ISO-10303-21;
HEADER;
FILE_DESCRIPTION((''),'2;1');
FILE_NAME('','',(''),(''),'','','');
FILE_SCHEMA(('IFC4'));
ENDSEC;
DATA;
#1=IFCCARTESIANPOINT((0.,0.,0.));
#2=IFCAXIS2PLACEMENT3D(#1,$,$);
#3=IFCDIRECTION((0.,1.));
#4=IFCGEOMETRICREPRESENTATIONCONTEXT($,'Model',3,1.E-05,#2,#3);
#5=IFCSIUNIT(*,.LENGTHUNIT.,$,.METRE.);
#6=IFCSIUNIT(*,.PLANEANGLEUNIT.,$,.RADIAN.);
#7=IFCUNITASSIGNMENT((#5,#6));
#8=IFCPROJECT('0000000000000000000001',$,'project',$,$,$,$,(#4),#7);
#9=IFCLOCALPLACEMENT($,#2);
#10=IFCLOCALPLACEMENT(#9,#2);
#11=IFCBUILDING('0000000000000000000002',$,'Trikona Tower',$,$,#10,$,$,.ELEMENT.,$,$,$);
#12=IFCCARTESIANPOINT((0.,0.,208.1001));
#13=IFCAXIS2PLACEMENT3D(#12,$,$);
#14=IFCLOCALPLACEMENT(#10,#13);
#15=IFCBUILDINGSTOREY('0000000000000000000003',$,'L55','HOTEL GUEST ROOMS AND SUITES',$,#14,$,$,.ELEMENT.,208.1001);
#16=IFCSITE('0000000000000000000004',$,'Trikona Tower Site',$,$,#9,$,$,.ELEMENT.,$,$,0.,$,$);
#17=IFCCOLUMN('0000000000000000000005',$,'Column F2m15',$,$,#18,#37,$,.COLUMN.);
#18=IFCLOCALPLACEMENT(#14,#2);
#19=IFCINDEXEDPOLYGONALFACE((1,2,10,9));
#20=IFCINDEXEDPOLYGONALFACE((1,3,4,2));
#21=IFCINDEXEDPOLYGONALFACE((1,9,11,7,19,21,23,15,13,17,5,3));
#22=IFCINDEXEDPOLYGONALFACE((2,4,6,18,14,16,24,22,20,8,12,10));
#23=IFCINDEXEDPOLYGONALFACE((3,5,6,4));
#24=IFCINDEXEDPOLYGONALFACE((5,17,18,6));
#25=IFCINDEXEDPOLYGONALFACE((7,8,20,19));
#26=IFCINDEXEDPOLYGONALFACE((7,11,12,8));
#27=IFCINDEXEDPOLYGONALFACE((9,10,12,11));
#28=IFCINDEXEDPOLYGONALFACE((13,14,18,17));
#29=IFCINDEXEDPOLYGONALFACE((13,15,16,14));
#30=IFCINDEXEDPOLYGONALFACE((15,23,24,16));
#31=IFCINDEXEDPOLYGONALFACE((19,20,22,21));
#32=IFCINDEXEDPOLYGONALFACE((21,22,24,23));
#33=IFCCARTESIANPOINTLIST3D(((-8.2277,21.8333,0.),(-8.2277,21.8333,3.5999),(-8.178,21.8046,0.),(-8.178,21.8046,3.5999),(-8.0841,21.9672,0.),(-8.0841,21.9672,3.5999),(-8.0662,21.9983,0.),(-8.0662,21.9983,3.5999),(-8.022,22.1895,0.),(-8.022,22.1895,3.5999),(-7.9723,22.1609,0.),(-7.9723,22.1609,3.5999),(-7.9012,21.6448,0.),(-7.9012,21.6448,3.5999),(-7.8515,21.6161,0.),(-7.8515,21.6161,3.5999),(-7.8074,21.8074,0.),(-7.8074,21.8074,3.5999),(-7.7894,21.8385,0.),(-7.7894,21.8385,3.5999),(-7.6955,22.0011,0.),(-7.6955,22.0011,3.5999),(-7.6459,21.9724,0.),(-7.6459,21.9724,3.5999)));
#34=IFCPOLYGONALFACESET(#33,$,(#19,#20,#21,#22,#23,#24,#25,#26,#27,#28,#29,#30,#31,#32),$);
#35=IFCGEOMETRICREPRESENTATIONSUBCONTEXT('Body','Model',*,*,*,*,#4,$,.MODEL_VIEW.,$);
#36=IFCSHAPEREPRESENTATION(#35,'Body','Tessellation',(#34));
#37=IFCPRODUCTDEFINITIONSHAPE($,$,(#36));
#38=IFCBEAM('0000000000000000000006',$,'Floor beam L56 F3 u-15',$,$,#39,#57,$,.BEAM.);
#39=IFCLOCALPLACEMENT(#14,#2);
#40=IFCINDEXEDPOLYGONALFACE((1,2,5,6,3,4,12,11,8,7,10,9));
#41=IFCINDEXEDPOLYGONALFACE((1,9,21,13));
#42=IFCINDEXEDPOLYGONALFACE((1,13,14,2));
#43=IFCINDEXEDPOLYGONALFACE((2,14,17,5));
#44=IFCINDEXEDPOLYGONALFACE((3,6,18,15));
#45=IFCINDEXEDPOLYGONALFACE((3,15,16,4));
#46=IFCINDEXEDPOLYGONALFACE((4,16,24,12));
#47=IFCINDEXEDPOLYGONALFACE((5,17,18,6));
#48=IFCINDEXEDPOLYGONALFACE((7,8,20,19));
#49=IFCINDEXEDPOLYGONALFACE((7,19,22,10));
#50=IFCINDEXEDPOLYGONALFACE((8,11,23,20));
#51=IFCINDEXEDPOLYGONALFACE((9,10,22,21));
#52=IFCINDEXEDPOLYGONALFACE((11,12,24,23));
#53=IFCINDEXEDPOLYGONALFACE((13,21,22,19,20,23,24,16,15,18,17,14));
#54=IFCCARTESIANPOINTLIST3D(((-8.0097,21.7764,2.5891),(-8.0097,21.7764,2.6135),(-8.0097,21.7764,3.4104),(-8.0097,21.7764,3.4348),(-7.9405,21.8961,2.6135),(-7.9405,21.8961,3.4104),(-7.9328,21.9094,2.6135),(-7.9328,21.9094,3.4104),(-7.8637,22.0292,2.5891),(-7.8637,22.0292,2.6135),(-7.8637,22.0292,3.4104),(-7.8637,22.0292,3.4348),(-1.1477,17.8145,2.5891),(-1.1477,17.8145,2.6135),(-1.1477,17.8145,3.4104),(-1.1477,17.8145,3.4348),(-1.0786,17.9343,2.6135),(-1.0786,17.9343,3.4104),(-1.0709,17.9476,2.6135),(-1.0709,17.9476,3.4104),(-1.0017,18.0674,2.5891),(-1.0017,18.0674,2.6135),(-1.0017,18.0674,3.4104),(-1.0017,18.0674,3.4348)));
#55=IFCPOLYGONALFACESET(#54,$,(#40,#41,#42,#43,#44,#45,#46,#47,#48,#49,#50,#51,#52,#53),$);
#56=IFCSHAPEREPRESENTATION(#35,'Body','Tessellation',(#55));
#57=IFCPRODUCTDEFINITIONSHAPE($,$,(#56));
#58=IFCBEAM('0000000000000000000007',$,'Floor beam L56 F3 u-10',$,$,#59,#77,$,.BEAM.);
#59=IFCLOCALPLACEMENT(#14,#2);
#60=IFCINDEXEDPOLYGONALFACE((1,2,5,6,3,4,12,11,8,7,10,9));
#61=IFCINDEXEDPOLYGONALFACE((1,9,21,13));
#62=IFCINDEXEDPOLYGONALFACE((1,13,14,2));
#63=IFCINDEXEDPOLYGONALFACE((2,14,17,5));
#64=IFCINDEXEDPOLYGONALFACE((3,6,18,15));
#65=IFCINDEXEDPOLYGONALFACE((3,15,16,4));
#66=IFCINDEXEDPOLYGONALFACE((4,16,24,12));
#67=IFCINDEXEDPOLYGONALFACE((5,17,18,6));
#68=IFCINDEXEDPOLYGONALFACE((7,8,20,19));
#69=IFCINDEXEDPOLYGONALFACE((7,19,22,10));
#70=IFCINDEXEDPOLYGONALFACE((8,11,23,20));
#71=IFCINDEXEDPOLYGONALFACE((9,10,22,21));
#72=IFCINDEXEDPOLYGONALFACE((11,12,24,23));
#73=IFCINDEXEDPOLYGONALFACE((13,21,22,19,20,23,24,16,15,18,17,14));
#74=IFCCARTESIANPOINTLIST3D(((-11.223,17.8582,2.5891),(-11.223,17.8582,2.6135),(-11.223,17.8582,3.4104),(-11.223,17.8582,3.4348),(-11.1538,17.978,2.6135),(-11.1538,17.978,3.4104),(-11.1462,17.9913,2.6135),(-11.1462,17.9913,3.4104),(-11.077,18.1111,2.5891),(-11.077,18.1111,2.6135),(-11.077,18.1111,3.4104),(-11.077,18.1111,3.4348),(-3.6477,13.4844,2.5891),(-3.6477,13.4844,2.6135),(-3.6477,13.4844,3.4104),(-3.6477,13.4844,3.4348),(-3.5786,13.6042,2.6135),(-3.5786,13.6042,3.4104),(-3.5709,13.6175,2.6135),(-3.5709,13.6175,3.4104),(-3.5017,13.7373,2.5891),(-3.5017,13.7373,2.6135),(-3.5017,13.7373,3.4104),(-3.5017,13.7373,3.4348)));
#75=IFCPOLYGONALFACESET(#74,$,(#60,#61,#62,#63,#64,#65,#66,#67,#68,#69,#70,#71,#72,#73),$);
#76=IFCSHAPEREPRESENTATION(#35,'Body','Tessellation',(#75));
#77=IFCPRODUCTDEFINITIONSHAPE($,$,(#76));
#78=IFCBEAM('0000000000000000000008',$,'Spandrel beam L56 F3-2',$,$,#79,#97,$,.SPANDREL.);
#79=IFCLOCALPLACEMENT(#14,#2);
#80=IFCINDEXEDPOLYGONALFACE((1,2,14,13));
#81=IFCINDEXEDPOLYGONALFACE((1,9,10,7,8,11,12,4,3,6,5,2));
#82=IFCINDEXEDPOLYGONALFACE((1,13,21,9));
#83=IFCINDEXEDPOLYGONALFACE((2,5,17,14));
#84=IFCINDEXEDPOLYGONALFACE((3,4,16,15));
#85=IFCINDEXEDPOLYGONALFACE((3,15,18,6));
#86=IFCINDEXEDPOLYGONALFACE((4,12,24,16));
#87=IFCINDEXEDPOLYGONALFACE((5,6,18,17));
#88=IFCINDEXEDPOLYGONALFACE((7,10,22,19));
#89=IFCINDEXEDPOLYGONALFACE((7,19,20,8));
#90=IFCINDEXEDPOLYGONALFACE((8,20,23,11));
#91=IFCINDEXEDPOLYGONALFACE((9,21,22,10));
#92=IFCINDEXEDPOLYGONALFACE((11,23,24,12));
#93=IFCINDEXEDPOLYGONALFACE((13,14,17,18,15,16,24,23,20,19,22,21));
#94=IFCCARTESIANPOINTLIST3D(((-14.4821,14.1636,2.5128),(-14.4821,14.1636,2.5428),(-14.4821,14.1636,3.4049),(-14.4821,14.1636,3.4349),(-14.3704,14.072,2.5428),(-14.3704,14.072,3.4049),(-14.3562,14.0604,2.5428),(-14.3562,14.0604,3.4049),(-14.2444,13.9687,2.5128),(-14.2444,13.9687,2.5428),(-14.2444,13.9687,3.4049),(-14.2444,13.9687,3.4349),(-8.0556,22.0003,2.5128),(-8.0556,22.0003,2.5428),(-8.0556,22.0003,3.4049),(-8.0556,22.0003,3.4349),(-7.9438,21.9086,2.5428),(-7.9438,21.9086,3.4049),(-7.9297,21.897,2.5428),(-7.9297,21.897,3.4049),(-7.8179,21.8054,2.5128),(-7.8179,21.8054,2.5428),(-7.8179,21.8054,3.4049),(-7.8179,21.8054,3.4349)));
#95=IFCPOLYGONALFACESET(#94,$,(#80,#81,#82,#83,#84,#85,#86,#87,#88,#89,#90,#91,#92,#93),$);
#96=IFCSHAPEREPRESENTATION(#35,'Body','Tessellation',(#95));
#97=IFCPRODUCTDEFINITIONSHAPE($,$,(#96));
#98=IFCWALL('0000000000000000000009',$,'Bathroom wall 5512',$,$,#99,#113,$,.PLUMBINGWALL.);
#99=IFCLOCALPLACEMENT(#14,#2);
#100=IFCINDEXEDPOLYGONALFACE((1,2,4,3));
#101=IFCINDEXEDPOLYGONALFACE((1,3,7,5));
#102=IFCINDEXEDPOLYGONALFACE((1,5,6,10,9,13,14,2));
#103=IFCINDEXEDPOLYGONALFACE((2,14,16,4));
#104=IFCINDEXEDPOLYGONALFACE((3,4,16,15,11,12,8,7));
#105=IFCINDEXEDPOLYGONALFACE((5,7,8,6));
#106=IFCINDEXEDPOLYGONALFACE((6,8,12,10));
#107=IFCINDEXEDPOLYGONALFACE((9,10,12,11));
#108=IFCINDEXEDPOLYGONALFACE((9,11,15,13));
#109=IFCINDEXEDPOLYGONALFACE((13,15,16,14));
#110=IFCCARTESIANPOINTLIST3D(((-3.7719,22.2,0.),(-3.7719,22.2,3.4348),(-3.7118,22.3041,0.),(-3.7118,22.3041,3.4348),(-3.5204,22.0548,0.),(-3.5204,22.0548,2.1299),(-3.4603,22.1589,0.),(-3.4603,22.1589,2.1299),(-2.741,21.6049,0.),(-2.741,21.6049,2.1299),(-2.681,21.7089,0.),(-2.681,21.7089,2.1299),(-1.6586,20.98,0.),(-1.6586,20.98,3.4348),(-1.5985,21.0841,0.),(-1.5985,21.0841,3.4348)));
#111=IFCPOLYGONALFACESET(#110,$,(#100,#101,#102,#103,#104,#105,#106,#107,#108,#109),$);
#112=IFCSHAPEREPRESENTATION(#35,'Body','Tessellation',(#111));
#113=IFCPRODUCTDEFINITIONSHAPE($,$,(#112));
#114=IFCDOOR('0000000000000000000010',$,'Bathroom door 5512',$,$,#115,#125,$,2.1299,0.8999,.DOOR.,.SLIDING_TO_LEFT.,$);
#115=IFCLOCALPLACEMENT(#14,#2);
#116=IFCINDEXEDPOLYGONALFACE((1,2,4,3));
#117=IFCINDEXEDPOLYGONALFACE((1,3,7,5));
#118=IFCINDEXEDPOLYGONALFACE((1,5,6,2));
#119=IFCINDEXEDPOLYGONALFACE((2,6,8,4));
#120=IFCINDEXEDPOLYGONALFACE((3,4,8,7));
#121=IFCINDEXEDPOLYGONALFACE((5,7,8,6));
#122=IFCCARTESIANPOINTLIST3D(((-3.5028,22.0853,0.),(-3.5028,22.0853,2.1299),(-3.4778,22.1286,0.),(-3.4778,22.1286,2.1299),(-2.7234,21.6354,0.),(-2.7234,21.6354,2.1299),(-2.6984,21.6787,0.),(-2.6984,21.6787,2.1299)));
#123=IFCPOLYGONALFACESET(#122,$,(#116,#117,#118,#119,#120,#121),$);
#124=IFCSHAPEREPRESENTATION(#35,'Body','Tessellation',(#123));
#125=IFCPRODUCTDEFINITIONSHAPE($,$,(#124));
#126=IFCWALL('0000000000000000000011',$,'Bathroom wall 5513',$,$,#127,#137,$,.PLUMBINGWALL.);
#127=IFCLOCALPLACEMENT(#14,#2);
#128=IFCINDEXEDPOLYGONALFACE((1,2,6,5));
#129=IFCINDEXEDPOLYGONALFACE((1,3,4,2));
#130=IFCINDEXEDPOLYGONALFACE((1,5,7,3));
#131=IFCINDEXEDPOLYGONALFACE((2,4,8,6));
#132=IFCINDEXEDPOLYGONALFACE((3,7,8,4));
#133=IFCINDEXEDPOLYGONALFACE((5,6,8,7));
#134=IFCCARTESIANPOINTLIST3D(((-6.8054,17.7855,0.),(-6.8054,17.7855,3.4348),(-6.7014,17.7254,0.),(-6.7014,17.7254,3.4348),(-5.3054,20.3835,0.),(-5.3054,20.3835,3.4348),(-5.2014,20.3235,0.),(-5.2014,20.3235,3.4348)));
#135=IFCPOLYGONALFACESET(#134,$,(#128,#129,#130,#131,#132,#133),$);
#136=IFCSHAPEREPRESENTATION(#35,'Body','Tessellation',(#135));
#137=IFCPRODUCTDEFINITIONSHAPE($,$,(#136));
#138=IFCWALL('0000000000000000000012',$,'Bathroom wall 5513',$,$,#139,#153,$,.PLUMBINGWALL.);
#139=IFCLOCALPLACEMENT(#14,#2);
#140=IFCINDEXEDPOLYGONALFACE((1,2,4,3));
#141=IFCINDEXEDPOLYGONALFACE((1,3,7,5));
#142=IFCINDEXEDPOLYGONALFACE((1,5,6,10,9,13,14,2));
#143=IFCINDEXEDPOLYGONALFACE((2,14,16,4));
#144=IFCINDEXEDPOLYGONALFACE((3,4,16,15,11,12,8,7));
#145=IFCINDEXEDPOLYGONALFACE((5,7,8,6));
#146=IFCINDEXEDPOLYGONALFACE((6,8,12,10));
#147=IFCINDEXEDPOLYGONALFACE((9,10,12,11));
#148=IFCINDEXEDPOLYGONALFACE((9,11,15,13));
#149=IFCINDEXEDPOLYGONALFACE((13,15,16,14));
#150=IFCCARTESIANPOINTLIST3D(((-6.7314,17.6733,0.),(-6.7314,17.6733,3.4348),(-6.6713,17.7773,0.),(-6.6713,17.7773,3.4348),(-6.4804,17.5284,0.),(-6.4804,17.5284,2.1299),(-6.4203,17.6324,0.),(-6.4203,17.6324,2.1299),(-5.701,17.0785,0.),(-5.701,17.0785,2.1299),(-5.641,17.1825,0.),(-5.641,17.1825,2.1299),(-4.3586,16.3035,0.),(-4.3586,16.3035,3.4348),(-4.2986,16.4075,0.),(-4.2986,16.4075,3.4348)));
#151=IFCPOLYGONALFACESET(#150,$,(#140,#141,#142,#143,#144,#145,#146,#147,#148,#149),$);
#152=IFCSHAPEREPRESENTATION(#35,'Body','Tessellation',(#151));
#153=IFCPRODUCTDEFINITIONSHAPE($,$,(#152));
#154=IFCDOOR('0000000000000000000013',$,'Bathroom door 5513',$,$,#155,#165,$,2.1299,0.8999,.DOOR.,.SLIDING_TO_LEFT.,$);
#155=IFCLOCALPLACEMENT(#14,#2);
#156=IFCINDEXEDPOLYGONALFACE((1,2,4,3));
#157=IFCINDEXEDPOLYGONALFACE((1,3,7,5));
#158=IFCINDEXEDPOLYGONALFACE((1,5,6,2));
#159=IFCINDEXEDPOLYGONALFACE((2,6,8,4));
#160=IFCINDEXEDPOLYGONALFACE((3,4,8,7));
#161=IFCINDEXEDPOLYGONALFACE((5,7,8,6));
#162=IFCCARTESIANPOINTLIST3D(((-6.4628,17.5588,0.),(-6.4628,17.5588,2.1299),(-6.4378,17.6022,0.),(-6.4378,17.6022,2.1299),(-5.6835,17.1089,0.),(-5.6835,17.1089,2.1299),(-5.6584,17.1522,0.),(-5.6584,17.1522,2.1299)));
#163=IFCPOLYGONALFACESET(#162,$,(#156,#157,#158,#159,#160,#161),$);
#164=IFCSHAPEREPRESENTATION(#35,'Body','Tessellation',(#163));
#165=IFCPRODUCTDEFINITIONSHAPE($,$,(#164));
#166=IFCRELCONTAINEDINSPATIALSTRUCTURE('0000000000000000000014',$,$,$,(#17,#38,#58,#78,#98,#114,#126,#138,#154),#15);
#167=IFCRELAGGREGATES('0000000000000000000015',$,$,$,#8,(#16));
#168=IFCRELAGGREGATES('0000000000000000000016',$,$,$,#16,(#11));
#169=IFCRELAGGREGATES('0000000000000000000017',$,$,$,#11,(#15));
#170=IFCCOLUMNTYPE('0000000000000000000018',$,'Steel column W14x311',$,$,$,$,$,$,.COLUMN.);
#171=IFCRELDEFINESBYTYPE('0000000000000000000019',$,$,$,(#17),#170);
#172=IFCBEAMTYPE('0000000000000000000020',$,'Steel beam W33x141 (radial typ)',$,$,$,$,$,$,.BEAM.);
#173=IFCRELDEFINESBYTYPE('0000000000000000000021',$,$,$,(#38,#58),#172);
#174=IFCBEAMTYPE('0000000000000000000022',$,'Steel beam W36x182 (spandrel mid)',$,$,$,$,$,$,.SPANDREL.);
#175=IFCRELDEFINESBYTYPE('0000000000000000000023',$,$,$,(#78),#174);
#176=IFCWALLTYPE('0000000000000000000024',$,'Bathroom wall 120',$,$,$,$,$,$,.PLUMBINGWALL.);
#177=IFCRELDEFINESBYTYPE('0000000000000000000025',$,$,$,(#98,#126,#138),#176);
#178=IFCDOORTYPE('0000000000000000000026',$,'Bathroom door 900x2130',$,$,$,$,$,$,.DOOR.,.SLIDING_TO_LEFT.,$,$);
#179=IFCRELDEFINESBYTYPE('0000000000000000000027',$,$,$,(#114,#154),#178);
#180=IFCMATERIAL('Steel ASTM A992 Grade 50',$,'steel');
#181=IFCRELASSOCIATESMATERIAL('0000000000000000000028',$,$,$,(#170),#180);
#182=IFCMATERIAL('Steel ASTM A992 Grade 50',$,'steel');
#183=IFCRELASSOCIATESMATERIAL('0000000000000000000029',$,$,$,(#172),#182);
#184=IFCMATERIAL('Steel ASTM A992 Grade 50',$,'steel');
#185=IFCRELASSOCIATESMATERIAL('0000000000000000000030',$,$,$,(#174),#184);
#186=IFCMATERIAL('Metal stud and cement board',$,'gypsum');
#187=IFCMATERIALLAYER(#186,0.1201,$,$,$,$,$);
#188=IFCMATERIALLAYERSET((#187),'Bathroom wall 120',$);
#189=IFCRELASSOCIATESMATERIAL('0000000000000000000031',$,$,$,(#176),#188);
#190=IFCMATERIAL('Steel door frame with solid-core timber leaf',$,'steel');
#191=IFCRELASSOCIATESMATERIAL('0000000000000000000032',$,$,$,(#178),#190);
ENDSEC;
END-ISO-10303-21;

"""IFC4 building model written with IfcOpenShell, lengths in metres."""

from ifc_helpers import new_model, si_unit, direction, frame, frame_2d, origin, origin_2d, place, context, subcontext, project, spatial, rectangle, i_section, extrude, material, layer, layer_set, material_profile, profile_set, type_object, element, fill, save


model = new_model("IFC4")

# Units and contexts
model_context = context("Model", 3, precision=1e-05, world=origin(), true_north=direction((0.0, 1.0)))
body_context = subcontext(model_context, "Body", "Model", "MODEL_VIEW")
ifc_project = project(units=[si_unit("LENGTHUNIT", "METRE"), si_unit("PLANEANGLEUNIT", "RADIAN")], contexts=[model_context])

# Site, building, storey
site_placement = place(None, origin())
site = spatial("IfcSite", under=ifc_project, at=site_placement, Name="Trikona Tower Site", CompositionType="ELEMENT", RefElevation=0.0)
building_placement = place(site_placement, origin())
building = spatial("IfcBuilding", under=site, at=building_placement, Name="Trikona Tower", CompositionType="ELEMENT")
storey_placement = place(building_placement, frame((0.0, 0.0, 208.1001)))
storey = spatial("IfcBuildingStorey", under=building, at=storey_placement, Name="L55", Description="HOTEL GUEST ROOMS AND SUITES", CompositionType="ELEMENT", Elevation=208.1001)

# Column
ifc_material_1 = material(Name="Steel ASTM A992 Grade 50", Category="steel")
ifc_material_profile_1 = material_profile(ifc_material_1, i_section(OverallWidth=0.4114, OverallDepth=0.4343, WebThickness=0.0359, FlangeThickness=0.0574, at=origin_2d()), Name="W14X311")
ifc_profile_set_1 = profile_set([ifc_material_profile_1], Name="Steel ASTM A992 Grade 50")
column_type = type_object("IfcColumnType", Name="Steel column W14x311", PredefinedType="COLUMN", material=ifc_profile_set_1)
column_placement = place(storey_placement, frame((-7.9368, 21.9028, 0.0), z_axis=(0.0, 0.0, 1.0), x_axis=(-0.5, -0.866025, 0.0)))
element("IfcColumn", 1, at=column_placement, inside=storey, type_object=column_type, Name="Column F2m15", PredefinedType="COLUMN", context=body_context, shape_type="SweptSolid", body=[
    extrude(i_section(OverallWidth=0.4114, OverallDepth=0.4343, WebThickness=0.0359, FlangeThickness=0.0574, at=origin_2d()), origin(), (0.0, 0.0, 1.0), 3.5999),
])

# Beams
ifc_material_2 = material(Name="Steel ASTM A992 Grade 50", Category="steel")
ifc_material_profile_2 = material_profile(ifc_material_2, i_section(OverallWidth=0.292, OverallDepth=0.8457, WebThickness=0.0154, FlangeThickness=0.0244, at=origin_2d()), Name="W33X141")
ifc_profile_set_2 = profile_set([ifc_material_profile_2], Name="Steel ASTM A992 Grade 50")
beam_type_1 = type_object("IfcBeamType", Name="Steel beam W33x141 (radial typ)", PredefinedType="BEAM", material=ifc_profile_set_2)
beam_1_placement = place(storey_placement, frame((-1.0747, 17.9409, 3.012), z_axis=(-0.86602, 0.50001, 0.0), x_axis=(-0.50001, -0.86602, 0.0)))
element("IfcBeam", 2, at=beam_1_placement, inside=storey, type_object=beam_type_1, Name="Floor beam L56 F3 u-15", PredefinedType="BEAM", context=body_context, shape_type="SweptSolid", body=[
    extrude(i_section(OverallWidth=0.292, OverallDepth=0.8457, WebThickness=0.0154, FlangeThickness=0.0244, at=origin_2d()), origin(), (0.0, 0.0, 1.0), 7.9236),
])
beam_2_placement = place(storey_placement, frame((-3.5747, 13.6108, 3.012), z_axis=(-0.866014, 0.50002, 0.0), x_axis=(-0.50002, -0.866014, 0.0)))
element("IfcBeam", 3, at=beam_2_placement, inside=storey, type_object=beam_type_1, Name="Floor beam L56 F3 u-10", PredefinedType="BEAM", context=body_context, shape_type="SweptSolid", body=[
    extrude(i_section(OverallWidth=0.292, OverallDepth=0.8457, WebThickness=0.0154, FlangeThickness=0.0244, at=origin_2d()), origin(), (0.0, 0.0, 1.0), 8.7473),
])
ifc_material_3 = material(Name="Steel ASTM A992 Grade 50", Category="steel")
ifc_material_profile_3 = material_profile(ifc_material_3, i_section(OverallWidth=0.3074, OverallDepth=0.9221, WebThickness=0.0183, FlangeThickness=0.03, at=origin_2d()), Name="W36X182")
ifc_profile_set_3 = profile_set([ifc_material_profile_3], Name="Steel ASTM A992 Grade 50")
beam_type_2 = type_object("IfcBeamType", Name="Steel beam W36x182 (spandrel mid)", PredefinedType="SPANDREL", material=ifc_profile_set_3)
beam_3_placement = place(storey_placement, frame((-7.9368, 21.9028, 2.9739), z_axis=(-0.634106, -0.773246, 0.0), x_axis=(0.773246, -0.634106, 0.0)))
element("IfcBeam", 4, at=beam_3_placement, inside=storey, type_object=beam_type_2, Name="Spandrel beam L56 F3-2", PredefinedType="SPANDREL", context=body_context, shape_type="SweptSolid", body=[
    extrude(i_section(OverallWidth=0.3074, OverallDepth=0.9221, WebThickness=0.0183, FlangeThickness=0.03, at=origin_2d()), origin(), (0.0, 0.0, 1.0), 10.1348),
])

# Wall, opening, door
ifc_material_4 = material(Name="Metal stud and cement board", Category="gypsum")
ifc_layer_1 = layer(ifc_material_4, 0.1201)
ifc_layer_set_1 = layer_set([ifc_layer_1], Name="Bathroom wall 120")
wall_type_1 = type_object("IfcWallType", Name="Bathroom wall 120", PredefinedType="PLUMBINGWALL", material=ifc_layer_set_1)
wall_1_placement = place(storey_placement, frame((-1.6284, 21.032, 0.0), z_axis=(0.0, 0.0, 1.0), x_axis=(-0.866049, 0.499959, 0.0)))
wall_1 = element("IfcWall", 5, at=wall_1_placement, inside=storey, type_object=wall_type_1, Name="Bathroom wall 5512", PredefinedType="PLUMBINGWALL", context=body_context, shape_type="SweptSolid", body=[
    extrude(rectangle(XDim=2.4402, YDim=0.1201, at=frame_2d((1.2202, 0.0))), origin(), (0.0, 0.0, 1.0), 3.4348),
])
opening_1_placement = place(wall_1_placement, frame((1.25, 0.0, 0.0)))
opening_1 = element("IfcOpeningElement", 6, at=opening_1_placement, cuts=wall_1, PredefinedType="OPENING", context=body_context, shape_type="SweptSolid", body=[
    extrude(rectangle(XDim=0.8999, YDim=2.1299, at=frame_2d((0.45, 1.0649))), frame((0.0, 0.0701, 0.0), z_axis=(0.0, -1.0, 0.0), x_axis=(1.0, 0.0, 0.0)), (0.0, 0.0, 1.0), 0.1401),
])
ifc_material_5 = material(Name="Steel door frame with solid-core timber leaf", Category="steel")
door_type_1 = type_object("IfcDoorType", Name="Bathroom door 900x2130", OperationType="SLIDING_TO_LEFT", PredefinedType="DOOR", material=ifc_material_5)
door_1_placement = place(opening_1_placement, origin())
door_1 = element("IfcDoor", 7, at=door_1_placement, inside=storey, type_object=door_type_1, Name="Bathroom door 5512", OperationType="SLIDING_TO_LEFT", OverallHeight=2.1299, OverallWidth=0.8999, PredefinedType="DOOR", context=body_context, shape_type="SweptSolid", body=[
    extrude(rectangle(XDim=0.8999, YDim=2.1299, at=frame_2d((0.45, 1.0649))), frame((0.0, 0.0249, 0.0), z_axis=(0.0, -1.0, 0.0), x_axis=(1.0, 0.0, 0.0)), (0.0, 0.0, 1.0), 0.05),
])
fill(opening_1, door_1)

# Wall
wall_2_placement = place(storey_placement, frame((-5.2534, 20.3535, 0.0), z_axis=(0.0, 0.0, 1.0), x_axis=(-0.49999, -0.866031, 0.0)))
element("IfcWall", 8, at=wall_2_placement, inside=storey, type_object=wall_type_1, Name="Bathroom wall 5513", PredefinedType="PLUMBINGWALL", context=body_context, shape_type="SweptSolid", body=[
    extrude(rectangle(XDim=3.0, YDim=0.1201, at=frame_2d((1.5, 0.0))), origin(), (0.0, 0.0, 1.0), 3.4348),
])

# Wall, opening, door
wall_3_placement = place(storey_placement, frame((-4.3286, 16.3555, 0.0), z_axis=(0.0, 0.0, 1.0), x_axis=(-0.866036, 0.499982, 0.0)))
wall_3 = element("IfcWall", 9, at=wall_3_placement, inside=storey, type_object=wall_type_1, Name="Bathroom wall 5513", PredefinedType="PLUMBINGWALL", context=body_context, shape_type="SweptSolid", body=[
    extrude(rectangle(XDim=2.7397, YDim=0.1201, at=frame_2d((1.3699, 0.0))), origin(), (0.0, 0.0, 1.0), 3.4348),
])
opening_2_placement = place(wall_3_placement, frame((1.55, 0.0, 0.0)))
opening_2 = element("IfcOpeningElement", 10, at=opening_2_placement, cuts=wall_3, PredefinedType="OPENING", context=body_context, shape_type="SweptSolid", body=[
    extrude(rectangle(XDim=0.8999, YDim=2.1299, at=frame_2d((0.45, 1.0649))), frame((0.0, 0.0701, 0.0), z_axis=(0.0, -1.0, 0.0), x_axis=(1.0, 0.0, 0.0)), (0.0, 0.0, 1.0), 0.1401),
])
door_2_placement = place(opening_2_placement, origin())
door_2 = element("IfcDoor", 11, at=door_2_placement, inside=storey, type_object=door_type_1, Name="Bathroom door 5513", OperationType="SLIDING_TO_LEFT", OverallHeight=2.1299, OverallWidth=0.8999, PredefinedType="DOOR", context=body_context, shape_type="SweptSolid", body=[
    extrude(rectangle(XDim=0.8999, YDim=2.1299, at=frame_2d((0.45, 1.0649))), frame((0.0, 0.0249, 0.0), z_axis=(0.0, -1.0, 0.0), x_axis=(1.0, 0.0, 0.0)), (0.0, 0.0, 1.0), 0.05),
])
fill(opening_2, door_2)

save(model, "model.ifc")
